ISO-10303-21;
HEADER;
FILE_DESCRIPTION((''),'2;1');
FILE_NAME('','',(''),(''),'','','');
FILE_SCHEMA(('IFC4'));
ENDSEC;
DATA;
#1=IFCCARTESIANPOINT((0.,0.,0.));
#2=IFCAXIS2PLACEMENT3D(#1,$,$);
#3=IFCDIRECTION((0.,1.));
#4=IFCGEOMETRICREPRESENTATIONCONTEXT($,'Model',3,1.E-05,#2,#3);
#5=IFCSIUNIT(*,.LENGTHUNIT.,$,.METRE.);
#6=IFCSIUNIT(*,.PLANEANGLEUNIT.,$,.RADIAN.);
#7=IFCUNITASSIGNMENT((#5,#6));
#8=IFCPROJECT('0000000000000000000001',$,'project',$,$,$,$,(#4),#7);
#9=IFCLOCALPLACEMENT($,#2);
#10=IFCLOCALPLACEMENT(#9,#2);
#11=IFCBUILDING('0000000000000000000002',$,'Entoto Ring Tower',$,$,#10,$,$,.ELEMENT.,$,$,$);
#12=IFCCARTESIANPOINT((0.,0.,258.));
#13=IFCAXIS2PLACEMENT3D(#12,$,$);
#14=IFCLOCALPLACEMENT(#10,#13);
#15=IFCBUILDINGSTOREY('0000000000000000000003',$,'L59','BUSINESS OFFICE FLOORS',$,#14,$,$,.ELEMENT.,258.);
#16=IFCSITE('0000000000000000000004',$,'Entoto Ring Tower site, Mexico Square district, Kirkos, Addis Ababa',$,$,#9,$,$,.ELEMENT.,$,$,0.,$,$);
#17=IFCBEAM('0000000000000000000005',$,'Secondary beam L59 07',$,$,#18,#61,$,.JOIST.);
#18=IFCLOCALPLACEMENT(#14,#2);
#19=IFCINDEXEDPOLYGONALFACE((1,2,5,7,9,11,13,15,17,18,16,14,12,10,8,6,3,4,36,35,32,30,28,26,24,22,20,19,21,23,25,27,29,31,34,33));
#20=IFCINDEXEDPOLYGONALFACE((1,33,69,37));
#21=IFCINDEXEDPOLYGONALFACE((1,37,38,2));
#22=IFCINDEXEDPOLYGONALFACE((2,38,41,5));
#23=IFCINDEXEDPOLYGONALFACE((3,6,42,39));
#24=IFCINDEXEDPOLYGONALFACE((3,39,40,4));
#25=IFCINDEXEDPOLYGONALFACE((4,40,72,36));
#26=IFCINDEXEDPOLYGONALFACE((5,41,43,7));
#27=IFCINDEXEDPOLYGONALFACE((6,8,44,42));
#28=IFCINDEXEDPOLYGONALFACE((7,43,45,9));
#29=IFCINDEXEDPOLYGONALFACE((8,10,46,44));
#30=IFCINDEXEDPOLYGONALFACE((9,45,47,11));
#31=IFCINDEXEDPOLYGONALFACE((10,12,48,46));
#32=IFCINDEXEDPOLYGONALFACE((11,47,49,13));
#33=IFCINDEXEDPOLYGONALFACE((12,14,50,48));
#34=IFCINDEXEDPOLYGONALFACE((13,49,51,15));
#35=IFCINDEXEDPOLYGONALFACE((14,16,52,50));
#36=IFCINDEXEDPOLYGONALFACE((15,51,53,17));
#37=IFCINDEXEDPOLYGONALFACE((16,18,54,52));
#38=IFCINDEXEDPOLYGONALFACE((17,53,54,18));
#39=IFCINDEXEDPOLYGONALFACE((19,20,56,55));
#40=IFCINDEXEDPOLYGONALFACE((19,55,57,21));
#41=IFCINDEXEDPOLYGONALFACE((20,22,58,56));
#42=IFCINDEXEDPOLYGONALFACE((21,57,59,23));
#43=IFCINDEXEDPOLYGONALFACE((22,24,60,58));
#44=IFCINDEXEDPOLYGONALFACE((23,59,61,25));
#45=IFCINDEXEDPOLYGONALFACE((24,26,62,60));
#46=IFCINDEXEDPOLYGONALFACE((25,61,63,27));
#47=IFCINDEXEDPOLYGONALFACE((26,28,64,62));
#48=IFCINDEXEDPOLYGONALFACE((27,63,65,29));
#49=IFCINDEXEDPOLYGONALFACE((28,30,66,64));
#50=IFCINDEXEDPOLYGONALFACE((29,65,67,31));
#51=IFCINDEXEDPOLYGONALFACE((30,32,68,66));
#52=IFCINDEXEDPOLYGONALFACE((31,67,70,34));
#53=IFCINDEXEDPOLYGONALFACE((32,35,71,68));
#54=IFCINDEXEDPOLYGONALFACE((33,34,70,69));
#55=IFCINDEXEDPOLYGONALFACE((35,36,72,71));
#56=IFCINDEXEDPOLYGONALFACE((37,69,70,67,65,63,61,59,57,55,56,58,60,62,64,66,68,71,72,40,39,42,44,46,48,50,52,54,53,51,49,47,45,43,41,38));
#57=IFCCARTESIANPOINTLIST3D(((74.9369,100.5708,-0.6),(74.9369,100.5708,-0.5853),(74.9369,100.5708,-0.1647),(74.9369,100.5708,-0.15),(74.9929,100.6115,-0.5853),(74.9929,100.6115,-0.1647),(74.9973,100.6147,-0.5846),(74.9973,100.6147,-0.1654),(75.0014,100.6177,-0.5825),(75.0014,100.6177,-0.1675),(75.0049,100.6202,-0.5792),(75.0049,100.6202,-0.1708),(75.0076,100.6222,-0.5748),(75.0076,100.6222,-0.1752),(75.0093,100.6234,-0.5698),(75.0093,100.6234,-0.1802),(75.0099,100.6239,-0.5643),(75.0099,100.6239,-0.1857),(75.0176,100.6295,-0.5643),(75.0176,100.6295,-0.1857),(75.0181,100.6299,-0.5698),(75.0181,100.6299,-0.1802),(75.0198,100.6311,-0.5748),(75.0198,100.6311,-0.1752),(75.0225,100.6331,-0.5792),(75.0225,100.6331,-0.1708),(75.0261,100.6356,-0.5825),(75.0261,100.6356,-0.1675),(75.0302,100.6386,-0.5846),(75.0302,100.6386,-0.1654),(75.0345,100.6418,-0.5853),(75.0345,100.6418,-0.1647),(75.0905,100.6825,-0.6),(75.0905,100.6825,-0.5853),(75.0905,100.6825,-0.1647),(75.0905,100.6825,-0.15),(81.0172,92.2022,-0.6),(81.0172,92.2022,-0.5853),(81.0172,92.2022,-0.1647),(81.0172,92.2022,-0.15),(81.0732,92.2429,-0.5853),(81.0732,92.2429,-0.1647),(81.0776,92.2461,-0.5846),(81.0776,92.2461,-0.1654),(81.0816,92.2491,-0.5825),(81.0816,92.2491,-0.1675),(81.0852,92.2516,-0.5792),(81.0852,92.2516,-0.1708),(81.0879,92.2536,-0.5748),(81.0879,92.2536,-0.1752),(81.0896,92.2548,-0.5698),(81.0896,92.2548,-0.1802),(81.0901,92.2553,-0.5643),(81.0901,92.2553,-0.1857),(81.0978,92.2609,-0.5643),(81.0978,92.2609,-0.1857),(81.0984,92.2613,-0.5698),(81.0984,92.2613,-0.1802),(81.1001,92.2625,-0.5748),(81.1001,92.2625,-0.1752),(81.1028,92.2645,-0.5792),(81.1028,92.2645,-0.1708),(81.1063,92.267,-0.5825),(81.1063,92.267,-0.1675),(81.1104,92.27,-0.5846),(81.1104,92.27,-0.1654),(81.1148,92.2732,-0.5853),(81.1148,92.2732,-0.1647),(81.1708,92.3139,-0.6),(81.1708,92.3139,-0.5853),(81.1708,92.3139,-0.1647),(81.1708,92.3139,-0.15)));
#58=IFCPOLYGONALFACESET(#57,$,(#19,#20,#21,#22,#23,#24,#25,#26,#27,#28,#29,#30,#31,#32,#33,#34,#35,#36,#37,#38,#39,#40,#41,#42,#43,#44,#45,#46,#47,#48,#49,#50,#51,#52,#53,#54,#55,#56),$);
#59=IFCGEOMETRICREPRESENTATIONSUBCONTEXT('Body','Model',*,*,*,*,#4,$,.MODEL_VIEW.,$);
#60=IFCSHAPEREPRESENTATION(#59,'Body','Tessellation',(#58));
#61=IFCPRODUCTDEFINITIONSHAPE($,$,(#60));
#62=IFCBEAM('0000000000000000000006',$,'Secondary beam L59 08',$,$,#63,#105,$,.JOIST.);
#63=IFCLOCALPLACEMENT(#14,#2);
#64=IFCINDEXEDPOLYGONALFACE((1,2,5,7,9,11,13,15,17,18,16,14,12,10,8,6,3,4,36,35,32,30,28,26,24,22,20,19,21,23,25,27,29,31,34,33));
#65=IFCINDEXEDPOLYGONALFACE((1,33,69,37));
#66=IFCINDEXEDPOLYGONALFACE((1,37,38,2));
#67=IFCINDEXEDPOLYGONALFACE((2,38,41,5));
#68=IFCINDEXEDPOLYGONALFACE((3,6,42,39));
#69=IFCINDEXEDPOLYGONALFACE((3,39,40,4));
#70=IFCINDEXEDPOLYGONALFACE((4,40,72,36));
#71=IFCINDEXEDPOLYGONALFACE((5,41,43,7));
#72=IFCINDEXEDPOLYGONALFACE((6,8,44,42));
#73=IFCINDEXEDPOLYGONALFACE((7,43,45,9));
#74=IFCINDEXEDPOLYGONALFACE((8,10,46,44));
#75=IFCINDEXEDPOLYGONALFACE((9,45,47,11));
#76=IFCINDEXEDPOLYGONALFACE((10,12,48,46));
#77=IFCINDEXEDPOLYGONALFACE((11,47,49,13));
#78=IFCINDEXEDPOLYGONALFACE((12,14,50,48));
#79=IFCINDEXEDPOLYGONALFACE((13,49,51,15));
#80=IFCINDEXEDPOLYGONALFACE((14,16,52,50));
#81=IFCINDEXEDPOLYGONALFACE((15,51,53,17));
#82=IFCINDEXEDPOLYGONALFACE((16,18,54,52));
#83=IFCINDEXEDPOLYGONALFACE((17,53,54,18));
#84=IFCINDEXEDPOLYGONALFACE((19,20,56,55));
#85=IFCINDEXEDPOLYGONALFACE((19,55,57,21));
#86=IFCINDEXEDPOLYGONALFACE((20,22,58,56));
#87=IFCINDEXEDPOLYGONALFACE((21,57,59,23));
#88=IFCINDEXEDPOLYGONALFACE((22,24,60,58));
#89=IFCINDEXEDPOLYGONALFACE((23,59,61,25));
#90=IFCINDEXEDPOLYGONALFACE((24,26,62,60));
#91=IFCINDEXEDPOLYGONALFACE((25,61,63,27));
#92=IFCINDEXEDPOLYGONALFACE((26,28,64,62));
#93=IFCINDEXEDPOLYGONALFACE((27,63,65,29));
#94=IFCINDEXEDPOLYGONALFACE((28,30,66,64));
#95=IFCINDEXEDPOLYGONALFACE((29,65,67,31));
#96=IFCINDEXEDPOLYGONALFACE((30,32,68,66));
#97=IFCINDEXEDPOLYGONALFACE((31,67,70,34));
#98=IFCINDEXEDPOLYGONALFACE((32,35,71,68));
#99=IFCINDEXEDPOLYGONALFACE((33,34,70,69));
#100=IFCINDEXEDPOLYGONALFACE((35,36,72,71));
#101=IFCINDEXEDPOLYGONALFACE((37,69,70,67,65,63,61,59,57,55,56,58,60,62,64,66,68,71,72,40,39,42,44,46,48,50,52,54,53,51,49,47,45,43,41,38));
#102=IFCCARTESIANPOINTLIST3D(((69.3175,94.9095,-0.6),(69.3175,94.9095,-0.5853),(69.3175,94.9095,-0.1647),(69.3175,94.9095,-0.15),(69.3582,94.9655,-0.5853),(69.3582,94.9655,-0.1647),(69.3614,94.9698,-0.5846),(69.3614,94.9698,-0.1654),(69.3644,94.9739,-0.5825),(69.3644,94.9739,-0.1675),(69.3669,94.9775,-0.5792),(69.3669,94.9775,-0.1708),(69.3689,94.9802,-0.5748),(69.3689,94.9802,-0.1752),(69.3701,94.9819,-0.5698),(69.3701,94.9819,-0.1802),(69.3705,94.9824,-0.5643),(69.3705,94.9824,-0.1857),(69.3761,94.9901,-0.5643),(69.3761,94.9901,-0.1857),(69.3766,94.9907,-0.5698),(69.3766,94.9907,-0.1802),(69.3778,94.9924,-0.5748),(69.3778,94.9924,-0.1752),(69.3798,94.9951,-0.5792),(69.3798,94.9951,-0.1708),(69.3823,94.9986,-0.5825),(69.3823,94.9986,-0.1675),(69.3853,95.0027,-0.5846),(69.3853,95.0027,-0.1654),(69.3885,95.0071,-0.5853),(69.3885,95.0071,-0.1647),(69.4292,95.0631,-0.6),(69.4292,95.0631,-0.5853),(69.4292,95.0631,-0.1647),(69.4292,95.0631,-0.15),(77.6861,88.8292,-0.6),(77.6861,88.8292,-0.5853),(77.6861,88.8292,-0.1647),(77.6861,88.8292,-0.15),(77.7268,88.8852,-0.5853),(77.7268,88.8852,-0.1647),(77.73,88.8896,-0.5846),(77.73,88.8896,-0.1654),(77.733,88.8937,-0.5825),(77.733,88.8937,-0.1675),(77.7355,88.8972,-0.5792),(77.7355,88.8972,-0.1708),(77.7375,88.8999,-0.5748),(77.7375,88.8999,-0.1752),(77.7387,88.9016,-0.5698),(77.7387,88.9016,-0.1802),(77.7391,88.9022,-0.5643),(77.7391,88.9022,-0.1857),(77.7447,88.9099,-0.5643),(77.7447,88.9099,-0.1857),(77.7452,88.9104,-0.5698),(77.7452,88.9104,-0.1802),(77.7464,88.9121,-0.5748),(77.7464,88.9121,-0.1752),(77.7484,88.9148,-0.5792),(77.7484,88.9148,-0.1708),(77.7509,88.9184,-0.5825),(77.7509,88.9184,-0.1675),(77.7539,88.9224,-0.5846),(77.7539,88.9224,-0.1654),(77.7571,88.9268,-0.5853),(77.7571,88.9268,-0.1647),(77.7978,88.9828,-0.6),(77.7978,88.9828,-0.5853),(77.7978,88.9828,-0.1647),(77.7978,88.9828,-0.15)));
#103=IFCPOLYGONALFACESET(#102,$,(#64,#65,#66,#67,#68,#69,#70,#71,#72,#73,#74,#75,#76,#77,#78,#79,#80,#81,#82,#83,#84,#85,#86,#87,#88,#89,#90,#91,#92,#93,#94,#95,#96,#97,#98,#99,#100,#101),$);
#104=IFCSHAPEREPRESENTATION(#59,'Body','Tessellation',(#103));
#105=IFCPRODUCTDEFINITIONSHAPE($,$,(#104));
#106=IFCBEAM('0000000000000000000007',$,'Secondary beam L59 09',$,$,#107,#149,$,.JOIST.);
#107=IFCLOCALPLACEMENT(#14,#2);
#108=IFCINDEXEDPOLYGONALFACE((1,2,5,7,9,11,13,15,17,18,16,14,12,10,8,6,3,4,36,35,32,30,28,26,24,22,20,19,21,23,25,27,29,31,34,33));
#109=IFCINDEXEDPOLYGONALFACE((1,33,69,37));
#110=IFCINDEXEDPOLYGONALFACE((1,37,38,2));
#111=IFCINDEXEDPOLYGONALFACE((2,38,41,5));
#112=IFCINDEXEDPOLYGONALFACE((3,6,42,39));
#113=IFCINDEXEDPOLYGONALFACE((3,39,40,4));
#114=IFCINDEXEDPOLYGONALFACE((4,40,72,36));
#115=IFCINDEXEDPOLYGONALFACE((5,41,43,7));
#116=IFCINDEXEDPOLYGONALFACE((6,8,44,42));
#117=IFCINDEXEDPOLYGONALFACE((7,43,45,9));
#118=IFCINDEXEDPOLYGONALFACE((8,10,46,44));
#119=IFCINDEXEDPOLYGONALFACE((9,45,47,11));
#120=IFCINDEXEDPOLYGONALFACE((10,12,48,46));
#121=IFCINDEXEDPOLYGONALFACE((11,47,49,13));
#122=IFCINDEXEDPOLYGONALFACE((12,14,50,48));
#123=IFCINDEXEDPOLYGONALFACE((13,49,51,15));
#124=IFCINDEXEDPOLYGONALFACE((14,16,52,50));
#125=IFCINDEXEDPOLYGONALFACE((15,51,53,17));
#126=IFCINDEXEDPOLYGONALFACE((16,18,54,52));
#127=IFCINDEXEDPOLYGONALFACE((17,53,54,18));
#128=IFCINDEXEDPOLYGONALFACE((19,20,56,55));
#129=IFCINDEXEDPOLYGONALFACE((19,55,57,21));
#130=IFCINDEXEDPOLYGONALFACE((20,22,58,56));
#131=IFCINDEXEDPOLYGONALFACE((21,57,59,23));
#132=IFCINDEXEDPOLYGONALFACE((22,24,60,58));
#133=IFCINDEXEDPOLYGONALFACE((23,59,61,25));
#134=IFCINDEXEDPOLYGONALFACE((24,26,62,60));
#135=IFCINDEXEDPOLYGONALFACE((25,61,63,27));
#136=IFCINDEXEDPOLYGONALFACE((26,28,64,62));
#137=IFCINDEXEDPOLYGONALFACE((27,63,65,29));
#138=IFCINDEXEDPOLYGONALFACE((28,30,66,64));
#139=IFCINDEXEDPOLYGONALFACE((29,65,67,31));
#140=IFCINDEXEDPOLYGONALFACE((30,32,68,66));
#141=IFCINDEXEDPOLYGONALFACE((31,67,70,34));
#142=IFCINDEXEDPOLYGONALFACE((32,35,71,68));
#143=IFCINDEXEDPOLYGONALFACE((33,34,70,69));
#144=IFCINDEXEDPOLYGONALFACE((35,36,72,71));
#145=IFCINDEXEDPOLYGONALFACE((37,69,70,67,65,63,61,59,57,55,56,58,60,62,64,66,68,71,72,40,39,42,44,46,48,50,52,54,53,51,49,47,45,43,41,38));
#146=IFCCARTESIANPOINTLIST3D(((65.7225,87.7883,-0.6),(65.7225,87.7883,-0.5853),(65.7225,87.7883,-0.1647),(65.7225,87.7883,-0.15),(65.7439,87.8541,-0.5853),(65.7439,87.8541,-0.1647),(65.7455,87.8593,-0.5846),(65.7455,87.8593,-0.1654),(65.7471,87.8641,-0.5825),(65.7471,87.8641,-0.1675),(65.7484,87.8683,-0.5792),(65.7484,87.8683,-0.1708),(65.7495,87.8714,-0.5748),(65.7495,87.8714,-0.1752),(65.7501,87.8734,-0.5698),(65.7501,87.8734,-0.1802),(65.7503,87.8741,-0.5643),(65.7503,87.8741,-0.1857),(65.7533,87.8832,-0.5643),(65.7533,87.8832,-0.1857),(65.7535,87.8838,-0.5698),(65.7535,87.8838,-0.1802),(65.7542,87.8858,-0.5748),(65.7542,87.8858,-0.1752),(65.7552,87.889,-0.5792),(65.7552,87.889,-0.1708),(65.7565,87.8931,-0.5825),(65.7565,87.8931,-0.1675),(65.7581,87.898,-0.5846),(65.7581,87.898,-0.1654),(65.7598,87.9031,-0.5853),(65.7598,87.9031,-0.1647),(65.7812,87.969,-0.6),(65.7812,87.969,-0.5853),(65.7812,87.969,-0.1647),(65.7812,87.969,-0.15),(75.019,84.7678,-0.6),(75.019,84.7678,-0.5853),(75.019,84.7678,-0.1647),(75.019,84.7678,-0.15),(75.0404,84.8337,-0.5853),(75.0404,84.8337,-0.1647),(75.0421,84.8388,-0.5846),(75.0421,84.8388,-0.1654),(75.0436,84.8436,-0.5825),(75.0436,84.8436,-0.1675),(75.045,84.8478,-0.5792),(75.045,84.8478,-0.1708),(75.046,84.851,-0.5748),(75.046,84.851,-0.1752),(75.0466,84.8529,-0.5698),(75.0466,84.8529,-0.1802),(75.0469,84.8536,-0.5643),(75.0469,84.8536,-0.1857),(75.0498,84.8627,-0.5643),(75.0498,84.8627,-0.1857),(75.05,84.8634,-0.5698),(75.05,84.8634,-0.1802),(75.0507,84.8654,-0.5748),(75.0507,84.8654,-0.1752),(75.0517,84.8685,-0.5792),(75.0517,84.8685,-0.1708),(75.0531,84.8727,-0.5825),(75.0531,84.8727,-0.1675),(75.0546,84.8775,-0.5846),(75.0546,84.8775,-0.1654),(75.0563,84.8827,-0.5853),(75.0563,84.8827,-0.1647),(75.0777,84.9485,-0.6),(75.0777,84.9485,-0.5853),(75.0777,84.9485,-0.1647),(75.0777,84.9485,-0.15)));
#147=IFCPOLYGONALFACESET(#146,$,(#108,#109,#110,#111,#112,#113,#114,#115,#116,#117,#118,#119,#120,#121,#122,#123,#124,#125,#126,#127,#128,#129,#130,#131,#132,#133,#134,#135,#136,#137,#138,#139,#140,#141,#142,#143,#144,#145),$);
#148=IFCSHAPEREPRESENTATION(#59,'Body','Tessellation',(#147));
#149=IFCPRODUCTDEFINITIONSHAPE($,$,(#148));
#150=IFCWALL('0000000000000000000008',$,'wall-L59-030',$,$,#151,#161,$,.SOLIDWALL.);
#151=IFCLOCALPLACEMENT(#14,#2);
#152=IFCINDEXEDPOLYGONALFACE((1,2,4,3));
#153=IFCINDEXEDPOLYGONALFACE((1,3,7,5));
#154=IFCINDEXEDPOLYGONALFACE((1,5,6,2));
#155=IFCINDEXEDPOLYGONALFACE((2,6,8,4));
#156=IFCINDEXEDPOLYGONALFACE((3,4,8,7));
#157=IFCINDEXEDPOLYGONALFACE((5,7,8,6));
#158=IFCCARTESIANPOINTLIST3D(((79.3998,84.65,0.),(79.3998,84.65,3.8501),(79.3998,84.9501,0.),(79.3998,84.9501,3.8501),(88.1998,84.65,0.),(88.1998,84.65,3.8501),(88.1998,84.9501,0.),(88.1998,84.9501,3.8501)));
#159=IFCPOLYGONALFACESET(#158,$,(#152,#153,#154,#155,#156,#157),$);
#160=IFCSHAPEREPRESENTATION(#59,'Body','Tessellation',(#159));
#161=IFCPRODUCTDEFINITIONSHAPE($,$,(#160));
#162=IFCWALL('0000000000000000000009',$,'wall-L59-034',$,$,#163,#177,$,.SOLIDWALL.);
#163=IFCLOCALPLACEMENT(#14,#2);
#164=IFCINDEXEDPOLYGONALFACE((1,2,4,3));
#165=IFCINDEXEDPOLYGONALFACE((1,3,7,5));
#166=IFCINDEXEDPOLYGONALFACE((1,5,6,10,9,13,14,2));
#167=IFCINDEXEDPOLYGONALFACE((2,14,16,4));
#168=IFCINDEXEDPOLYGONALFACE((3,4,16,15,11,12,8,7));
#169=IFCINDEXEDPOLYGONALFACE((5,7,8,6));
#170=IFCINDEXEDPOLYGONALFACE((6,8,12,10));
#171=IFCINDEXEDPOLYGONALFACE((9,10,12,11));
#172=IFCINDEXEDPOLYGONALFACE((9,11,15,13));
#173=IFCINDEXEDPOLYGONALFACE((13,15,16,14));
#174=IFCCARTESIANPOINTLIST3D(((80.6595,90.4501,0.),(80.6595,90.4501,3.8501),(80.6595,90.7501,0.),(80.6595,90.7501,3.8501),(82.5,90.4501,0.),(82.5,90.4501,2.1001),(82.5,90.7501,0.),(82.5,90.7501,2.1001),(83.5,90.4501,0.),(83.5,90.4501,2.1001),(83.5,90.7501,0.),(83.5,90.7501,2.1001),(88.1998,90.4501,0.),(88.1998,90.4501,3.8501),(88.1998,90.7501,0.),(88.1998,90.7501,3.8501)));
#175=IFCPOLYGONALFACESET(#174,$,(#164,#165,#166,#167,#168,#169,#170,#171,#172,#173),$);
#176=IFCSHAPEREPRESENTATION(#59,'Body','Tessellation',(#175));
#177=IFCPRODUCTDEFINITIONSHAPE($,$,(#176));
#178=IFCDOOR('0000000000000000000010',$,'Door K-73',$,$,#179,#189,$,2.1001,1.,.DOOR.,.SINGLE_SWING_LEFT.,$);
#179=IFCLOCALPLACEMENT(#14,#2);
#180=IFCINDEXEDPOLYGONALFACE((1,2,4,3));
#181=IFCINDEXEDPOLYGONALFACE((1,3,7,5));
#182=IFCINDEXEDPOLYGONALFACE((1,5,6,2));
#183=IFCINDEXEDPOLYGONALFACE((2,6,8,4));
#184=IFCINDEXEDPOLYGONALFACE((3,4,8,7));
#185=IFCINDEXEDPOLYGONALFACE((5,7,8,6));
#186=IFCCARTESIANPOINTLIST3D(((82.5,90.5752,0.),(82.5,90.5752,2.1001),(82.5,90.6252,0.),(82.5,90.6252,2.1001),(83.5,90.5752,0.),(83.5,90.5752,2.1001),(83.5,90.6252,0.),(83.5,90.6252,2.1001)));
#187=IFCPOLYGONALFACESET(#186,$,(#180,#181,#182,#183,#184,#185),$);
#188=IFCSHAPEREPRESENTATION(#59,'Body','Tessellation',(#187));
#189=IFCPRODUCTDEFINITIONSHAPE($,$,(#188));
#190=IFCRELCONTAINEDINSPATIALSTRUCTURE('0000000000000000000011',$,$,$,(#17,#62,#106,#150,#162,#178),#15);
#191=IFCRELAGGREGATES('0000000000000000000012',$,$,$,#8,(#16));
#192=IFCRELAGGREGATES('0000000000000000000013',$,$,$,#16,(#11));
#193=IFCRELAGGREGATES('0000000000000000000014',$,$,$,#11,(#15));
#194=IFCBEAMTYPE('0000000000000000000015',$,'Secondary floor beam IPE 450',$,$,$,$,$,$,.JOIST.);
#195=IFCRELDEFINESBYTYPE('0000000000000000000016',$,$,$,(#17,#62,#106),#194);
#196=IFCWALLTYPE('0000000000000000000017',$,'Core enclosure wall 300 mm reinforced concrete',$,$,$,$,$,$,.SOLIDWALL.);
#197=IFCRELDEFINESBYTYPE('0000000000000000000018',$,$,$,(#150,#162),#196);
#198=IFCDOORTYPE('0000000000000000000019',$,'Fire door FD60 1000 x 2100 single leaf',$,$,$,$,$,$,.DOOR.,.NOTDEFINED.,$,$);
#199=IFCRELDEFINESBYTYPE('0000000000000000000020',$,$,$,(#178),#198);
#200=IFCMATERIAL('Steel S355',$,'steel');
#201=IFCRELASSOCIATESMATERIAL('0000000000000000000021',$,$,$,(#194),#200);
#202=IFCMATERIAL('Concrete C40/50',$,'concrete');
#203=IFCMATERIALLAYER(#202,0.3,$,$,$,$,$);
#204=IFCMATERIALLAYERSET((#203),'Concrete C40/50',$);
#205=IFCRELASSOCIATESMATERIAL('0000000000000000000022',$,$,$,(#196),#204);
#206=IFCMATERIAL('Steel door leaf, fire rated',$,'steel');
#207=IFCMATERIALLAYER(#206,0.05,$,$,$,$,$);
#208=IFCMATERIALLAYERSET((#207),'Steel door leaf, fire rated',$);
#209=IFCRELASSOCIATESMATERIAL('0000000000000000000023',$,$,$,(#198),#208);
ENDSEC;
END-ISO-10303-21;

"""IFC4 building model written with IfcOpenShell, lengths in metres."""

from ifc_helpers import new_model, si_unit, direction, frame, frame_2d, origin, origin_2d, place, context, subcontext, project, spatial, rectangle, i_section, extrude, material, layer, layer_set, material_profile, profile_set, type_object, element, fill, save


model = new_model("IFC4")

# Units and contexts
model_context = context("Model", 3, precision=1e-05, world=origin(), true_north=direction((0.0, 1.0)))
body_context = subcontext(model_context, "Body", "Model", "MODEL_VIEW")
ifc_project = project(units=[si_unit("LENGTHUNIT", "METRE"), si_unit("PLANEANGLEUNIT", "RADIAN")], contexts=[model_context])

# Site, building, storey
site_placement = place(None, origin())
site = spatial("IfcSite", under=ifc_project, at=site_placement, Name="Entoto Ring Tower site, Mexico Square district, Kirkos, Addis Ababa", CompositionType="ELEMENT", RefElevation=0.0)
building_placement = place(site_placement, origin())
building = spatial("IfcBuilding", under=site, at=building_placement, Name="Entoto Ring Tower", CompositionType="ELEMENT")
storey_placement = place(building_placement, frame((0.0, 0.0, 258.0)))
storey = spatial("IfcBuildingStorey", under=building, at=storey_placement, Name="L59", Description="BUSINESS OFFICE FLOORS", CompositionType="ELEMENT", Elevation=258.0)

# Beams
ifc_material_1 = material(Name="Steel S355", Category="steel")
ifc_material_profile_1 = material_profile(ifc_material_1, i_section(OverallWidth=0.1899, OverallDepth=0.45, WebThickness=0.0095, FlangeThickness=0.0146, FilletRadius=0.021, at=origin_2d()), Name="IPE 450")
ifc_profile_set_1 = profile_set([ifc_material_profile_1], Name="Steel S355")
beam_type_1 = type_object("IfcBeamType", Name="Secondary floor beam IPE 450", PredefinedType="JOIST", material=ifc_profile_set_1)
for number, where, z_axis, x_axis, name in (
    (1, (81.094, 92.2581, -0.375), (-0.587794, 0.809011, 0.0), (-0.809011, -0.587794, 0.0), "Secondary beam L59 07"),
    (2, (77.7419, 88.906, -0.375), (-0.809011, 0.587794, 0.0), (-0.587794, -0.809011, 0.0), "Secondary beam L59 08"),
):
    element("IfcBeam", number, at=place(storey_placement, frame(where, z_axis=z_axis, x_axis=x_axis)), inside=storey, type_object=beam_type_1, Name=name, PredefinedType="JOIST", context=body_context, shape_type="SweptSolid", body=[
        extrude(i_section(OverallWidth=0.1899, OverallDepth=0.45, WebThickness=0.0095, FlangeThickness=0.0146, FilletRadius=0.021, at=origin_2d()), origin(), (0.0, 0.0, 1.0), 10.3442),
    ])
beam_1_placement = place(storey_placement, frame((75.0483, 84.8582, -0.375), z_axis=(-0.951061, 0.309003, 0.0), x_axis=(-0.309003, -0.951061, 0.0)))
element("IfcBeam", 3, at=beam_1_placement, inside=storey, type_object=beam_type_1, Name="Secondary beam L59 09", PredefinedType="JOIST", context=body_context, shape_type="SweptSolid", body=[
    extrude(i_section(OverallWidth=0.1899, OverallDepth=0.45, WebThickness=0.0095, FlangeThickness=0.0146, FilletRadius=0.021, at=origin_2d()), origin(), (0.0, 0.0, 1.0), 9.7749),
])

# Wall
ifc_material_2 = material(Name="Concrete C40/50", Category="concrete")
ifc_layer_1 = layer(ifc_material_2, 0.3)
ifc_layer_set_1 = layer_set([ifc_layer_1], Name="Concrete C40/50")
wall_type_1 = type_object("IfcWallType", Name="Core enclosure wall 300 mm reinforced concrete", PredefinedType="SOLIDWALL", material=ifc_layer_set_1)
wall_1_placement = place(storey_placement, frame((79.3999, 84.8, 0.0), z_axis=(0.0, 0.0, 1.0), x_axis=(1.0, 0.0, 0.0)))
element("IfcWall", 4, at=wall_1_placement, inside=storey, type_object=wall_type_1, Name="wall-L59-030", PredefinedType="SOLIDWALL", context=body_context, shape_type="SweptSolid", body=[
    extrude(rectangle(XDim=8.8, YDim=0.3, at=frame_2d((4.3999, 0.0))), origin(), (0.0, 0.0, 1.0), 3.8501),
])

# Wall, opening, door
wall_2_placement = place(storey_placement, frame((80.6597, 90.6001, 0.0), z_axis=(0.0, 0.0, 1.0), x_axis=(1.0, 0.0, 0.0)))
wall_2 = element("IfcWall", 5, at=wall_2_placement, inside=storey, type_object=wall_type_1, Name="wall-L59-034", PredefinedType="SOLIDWALL", context=body_context, shape_type="SweptSolid", body=[
    extrude(rectangle(XDim=7.5403, YDim=0.3, at=frame_2d((3.77, 0.0))), origin(), (0.0, 0.0, 1.0), 3.8501),
])
opening_1_placement = place(wall_2_placement, frame((1.8403, 0.0, 0.0)))
opening_1 = element("IfcOpeningElement", 6, at=opening_1_placement, cuts=wall_2, PredefinedType="OPENING", context=body_context, shape_type="SweptSolid", body=[
    extrude(rectangle(XDim=1.0, YDim=2.1001, at=frame_2d((0.5, 1.05))), frame((0.0, 0.1602, 0.0), z_axis=(0.0, -1.0, 0.0), x_axis=(1.0, 0.0, 0.0)), (0.0, 0.0, 1.0), 0.3201),
])
ifc_material_3 = material(Name="Steel door leaf, fire rated", Category="steel")
ifc_layer_2 = layer(ifc_material_3, 0.05)
ifc_layer_set_2 = layer_set([ifc_layer_2], Name="Steel door leaf, fire rated")
door_type_1 = type_object("IfcDoorType", Name="Fire door FD60 1000 x 2100 single leaf", OperationType="NOTDEFINED", PredefinedType="DOOR", material=ifc_layer_set_2)
door_1_placement = place(opening_1_placement, frame((1.0, 0.0, 0.0), z_axis=(0.0, 0.0, 1.0), x_axis=(-1.0, 0.0, 0.0)))
door_1 = element("IfcDoor", 7, at=door_1_placement, inside=storey, type_object=door_type_1, Name="Door K-73", OperationType="SINGLE_SWING_LEFT", OverallHeight=2.1001, OverallWidth=1.0, PredefinedType="DOOR", context=body_context, shape_type="SweptSolid", body=[
    extrude(rectangle(XDim=1.0, YDim=2.1001, at=frame_2d((0.5, 1.05))), frame((0.0, 0.0249, 0.0), z_axis=(0.0, -1.0, 0.0), x_axis=(1.0, 0.0, 0.0)), (0.0, 0.0, 1.0), 0.05),
])
fill(opening_1, door_1)

save(model, "model.ifc")
